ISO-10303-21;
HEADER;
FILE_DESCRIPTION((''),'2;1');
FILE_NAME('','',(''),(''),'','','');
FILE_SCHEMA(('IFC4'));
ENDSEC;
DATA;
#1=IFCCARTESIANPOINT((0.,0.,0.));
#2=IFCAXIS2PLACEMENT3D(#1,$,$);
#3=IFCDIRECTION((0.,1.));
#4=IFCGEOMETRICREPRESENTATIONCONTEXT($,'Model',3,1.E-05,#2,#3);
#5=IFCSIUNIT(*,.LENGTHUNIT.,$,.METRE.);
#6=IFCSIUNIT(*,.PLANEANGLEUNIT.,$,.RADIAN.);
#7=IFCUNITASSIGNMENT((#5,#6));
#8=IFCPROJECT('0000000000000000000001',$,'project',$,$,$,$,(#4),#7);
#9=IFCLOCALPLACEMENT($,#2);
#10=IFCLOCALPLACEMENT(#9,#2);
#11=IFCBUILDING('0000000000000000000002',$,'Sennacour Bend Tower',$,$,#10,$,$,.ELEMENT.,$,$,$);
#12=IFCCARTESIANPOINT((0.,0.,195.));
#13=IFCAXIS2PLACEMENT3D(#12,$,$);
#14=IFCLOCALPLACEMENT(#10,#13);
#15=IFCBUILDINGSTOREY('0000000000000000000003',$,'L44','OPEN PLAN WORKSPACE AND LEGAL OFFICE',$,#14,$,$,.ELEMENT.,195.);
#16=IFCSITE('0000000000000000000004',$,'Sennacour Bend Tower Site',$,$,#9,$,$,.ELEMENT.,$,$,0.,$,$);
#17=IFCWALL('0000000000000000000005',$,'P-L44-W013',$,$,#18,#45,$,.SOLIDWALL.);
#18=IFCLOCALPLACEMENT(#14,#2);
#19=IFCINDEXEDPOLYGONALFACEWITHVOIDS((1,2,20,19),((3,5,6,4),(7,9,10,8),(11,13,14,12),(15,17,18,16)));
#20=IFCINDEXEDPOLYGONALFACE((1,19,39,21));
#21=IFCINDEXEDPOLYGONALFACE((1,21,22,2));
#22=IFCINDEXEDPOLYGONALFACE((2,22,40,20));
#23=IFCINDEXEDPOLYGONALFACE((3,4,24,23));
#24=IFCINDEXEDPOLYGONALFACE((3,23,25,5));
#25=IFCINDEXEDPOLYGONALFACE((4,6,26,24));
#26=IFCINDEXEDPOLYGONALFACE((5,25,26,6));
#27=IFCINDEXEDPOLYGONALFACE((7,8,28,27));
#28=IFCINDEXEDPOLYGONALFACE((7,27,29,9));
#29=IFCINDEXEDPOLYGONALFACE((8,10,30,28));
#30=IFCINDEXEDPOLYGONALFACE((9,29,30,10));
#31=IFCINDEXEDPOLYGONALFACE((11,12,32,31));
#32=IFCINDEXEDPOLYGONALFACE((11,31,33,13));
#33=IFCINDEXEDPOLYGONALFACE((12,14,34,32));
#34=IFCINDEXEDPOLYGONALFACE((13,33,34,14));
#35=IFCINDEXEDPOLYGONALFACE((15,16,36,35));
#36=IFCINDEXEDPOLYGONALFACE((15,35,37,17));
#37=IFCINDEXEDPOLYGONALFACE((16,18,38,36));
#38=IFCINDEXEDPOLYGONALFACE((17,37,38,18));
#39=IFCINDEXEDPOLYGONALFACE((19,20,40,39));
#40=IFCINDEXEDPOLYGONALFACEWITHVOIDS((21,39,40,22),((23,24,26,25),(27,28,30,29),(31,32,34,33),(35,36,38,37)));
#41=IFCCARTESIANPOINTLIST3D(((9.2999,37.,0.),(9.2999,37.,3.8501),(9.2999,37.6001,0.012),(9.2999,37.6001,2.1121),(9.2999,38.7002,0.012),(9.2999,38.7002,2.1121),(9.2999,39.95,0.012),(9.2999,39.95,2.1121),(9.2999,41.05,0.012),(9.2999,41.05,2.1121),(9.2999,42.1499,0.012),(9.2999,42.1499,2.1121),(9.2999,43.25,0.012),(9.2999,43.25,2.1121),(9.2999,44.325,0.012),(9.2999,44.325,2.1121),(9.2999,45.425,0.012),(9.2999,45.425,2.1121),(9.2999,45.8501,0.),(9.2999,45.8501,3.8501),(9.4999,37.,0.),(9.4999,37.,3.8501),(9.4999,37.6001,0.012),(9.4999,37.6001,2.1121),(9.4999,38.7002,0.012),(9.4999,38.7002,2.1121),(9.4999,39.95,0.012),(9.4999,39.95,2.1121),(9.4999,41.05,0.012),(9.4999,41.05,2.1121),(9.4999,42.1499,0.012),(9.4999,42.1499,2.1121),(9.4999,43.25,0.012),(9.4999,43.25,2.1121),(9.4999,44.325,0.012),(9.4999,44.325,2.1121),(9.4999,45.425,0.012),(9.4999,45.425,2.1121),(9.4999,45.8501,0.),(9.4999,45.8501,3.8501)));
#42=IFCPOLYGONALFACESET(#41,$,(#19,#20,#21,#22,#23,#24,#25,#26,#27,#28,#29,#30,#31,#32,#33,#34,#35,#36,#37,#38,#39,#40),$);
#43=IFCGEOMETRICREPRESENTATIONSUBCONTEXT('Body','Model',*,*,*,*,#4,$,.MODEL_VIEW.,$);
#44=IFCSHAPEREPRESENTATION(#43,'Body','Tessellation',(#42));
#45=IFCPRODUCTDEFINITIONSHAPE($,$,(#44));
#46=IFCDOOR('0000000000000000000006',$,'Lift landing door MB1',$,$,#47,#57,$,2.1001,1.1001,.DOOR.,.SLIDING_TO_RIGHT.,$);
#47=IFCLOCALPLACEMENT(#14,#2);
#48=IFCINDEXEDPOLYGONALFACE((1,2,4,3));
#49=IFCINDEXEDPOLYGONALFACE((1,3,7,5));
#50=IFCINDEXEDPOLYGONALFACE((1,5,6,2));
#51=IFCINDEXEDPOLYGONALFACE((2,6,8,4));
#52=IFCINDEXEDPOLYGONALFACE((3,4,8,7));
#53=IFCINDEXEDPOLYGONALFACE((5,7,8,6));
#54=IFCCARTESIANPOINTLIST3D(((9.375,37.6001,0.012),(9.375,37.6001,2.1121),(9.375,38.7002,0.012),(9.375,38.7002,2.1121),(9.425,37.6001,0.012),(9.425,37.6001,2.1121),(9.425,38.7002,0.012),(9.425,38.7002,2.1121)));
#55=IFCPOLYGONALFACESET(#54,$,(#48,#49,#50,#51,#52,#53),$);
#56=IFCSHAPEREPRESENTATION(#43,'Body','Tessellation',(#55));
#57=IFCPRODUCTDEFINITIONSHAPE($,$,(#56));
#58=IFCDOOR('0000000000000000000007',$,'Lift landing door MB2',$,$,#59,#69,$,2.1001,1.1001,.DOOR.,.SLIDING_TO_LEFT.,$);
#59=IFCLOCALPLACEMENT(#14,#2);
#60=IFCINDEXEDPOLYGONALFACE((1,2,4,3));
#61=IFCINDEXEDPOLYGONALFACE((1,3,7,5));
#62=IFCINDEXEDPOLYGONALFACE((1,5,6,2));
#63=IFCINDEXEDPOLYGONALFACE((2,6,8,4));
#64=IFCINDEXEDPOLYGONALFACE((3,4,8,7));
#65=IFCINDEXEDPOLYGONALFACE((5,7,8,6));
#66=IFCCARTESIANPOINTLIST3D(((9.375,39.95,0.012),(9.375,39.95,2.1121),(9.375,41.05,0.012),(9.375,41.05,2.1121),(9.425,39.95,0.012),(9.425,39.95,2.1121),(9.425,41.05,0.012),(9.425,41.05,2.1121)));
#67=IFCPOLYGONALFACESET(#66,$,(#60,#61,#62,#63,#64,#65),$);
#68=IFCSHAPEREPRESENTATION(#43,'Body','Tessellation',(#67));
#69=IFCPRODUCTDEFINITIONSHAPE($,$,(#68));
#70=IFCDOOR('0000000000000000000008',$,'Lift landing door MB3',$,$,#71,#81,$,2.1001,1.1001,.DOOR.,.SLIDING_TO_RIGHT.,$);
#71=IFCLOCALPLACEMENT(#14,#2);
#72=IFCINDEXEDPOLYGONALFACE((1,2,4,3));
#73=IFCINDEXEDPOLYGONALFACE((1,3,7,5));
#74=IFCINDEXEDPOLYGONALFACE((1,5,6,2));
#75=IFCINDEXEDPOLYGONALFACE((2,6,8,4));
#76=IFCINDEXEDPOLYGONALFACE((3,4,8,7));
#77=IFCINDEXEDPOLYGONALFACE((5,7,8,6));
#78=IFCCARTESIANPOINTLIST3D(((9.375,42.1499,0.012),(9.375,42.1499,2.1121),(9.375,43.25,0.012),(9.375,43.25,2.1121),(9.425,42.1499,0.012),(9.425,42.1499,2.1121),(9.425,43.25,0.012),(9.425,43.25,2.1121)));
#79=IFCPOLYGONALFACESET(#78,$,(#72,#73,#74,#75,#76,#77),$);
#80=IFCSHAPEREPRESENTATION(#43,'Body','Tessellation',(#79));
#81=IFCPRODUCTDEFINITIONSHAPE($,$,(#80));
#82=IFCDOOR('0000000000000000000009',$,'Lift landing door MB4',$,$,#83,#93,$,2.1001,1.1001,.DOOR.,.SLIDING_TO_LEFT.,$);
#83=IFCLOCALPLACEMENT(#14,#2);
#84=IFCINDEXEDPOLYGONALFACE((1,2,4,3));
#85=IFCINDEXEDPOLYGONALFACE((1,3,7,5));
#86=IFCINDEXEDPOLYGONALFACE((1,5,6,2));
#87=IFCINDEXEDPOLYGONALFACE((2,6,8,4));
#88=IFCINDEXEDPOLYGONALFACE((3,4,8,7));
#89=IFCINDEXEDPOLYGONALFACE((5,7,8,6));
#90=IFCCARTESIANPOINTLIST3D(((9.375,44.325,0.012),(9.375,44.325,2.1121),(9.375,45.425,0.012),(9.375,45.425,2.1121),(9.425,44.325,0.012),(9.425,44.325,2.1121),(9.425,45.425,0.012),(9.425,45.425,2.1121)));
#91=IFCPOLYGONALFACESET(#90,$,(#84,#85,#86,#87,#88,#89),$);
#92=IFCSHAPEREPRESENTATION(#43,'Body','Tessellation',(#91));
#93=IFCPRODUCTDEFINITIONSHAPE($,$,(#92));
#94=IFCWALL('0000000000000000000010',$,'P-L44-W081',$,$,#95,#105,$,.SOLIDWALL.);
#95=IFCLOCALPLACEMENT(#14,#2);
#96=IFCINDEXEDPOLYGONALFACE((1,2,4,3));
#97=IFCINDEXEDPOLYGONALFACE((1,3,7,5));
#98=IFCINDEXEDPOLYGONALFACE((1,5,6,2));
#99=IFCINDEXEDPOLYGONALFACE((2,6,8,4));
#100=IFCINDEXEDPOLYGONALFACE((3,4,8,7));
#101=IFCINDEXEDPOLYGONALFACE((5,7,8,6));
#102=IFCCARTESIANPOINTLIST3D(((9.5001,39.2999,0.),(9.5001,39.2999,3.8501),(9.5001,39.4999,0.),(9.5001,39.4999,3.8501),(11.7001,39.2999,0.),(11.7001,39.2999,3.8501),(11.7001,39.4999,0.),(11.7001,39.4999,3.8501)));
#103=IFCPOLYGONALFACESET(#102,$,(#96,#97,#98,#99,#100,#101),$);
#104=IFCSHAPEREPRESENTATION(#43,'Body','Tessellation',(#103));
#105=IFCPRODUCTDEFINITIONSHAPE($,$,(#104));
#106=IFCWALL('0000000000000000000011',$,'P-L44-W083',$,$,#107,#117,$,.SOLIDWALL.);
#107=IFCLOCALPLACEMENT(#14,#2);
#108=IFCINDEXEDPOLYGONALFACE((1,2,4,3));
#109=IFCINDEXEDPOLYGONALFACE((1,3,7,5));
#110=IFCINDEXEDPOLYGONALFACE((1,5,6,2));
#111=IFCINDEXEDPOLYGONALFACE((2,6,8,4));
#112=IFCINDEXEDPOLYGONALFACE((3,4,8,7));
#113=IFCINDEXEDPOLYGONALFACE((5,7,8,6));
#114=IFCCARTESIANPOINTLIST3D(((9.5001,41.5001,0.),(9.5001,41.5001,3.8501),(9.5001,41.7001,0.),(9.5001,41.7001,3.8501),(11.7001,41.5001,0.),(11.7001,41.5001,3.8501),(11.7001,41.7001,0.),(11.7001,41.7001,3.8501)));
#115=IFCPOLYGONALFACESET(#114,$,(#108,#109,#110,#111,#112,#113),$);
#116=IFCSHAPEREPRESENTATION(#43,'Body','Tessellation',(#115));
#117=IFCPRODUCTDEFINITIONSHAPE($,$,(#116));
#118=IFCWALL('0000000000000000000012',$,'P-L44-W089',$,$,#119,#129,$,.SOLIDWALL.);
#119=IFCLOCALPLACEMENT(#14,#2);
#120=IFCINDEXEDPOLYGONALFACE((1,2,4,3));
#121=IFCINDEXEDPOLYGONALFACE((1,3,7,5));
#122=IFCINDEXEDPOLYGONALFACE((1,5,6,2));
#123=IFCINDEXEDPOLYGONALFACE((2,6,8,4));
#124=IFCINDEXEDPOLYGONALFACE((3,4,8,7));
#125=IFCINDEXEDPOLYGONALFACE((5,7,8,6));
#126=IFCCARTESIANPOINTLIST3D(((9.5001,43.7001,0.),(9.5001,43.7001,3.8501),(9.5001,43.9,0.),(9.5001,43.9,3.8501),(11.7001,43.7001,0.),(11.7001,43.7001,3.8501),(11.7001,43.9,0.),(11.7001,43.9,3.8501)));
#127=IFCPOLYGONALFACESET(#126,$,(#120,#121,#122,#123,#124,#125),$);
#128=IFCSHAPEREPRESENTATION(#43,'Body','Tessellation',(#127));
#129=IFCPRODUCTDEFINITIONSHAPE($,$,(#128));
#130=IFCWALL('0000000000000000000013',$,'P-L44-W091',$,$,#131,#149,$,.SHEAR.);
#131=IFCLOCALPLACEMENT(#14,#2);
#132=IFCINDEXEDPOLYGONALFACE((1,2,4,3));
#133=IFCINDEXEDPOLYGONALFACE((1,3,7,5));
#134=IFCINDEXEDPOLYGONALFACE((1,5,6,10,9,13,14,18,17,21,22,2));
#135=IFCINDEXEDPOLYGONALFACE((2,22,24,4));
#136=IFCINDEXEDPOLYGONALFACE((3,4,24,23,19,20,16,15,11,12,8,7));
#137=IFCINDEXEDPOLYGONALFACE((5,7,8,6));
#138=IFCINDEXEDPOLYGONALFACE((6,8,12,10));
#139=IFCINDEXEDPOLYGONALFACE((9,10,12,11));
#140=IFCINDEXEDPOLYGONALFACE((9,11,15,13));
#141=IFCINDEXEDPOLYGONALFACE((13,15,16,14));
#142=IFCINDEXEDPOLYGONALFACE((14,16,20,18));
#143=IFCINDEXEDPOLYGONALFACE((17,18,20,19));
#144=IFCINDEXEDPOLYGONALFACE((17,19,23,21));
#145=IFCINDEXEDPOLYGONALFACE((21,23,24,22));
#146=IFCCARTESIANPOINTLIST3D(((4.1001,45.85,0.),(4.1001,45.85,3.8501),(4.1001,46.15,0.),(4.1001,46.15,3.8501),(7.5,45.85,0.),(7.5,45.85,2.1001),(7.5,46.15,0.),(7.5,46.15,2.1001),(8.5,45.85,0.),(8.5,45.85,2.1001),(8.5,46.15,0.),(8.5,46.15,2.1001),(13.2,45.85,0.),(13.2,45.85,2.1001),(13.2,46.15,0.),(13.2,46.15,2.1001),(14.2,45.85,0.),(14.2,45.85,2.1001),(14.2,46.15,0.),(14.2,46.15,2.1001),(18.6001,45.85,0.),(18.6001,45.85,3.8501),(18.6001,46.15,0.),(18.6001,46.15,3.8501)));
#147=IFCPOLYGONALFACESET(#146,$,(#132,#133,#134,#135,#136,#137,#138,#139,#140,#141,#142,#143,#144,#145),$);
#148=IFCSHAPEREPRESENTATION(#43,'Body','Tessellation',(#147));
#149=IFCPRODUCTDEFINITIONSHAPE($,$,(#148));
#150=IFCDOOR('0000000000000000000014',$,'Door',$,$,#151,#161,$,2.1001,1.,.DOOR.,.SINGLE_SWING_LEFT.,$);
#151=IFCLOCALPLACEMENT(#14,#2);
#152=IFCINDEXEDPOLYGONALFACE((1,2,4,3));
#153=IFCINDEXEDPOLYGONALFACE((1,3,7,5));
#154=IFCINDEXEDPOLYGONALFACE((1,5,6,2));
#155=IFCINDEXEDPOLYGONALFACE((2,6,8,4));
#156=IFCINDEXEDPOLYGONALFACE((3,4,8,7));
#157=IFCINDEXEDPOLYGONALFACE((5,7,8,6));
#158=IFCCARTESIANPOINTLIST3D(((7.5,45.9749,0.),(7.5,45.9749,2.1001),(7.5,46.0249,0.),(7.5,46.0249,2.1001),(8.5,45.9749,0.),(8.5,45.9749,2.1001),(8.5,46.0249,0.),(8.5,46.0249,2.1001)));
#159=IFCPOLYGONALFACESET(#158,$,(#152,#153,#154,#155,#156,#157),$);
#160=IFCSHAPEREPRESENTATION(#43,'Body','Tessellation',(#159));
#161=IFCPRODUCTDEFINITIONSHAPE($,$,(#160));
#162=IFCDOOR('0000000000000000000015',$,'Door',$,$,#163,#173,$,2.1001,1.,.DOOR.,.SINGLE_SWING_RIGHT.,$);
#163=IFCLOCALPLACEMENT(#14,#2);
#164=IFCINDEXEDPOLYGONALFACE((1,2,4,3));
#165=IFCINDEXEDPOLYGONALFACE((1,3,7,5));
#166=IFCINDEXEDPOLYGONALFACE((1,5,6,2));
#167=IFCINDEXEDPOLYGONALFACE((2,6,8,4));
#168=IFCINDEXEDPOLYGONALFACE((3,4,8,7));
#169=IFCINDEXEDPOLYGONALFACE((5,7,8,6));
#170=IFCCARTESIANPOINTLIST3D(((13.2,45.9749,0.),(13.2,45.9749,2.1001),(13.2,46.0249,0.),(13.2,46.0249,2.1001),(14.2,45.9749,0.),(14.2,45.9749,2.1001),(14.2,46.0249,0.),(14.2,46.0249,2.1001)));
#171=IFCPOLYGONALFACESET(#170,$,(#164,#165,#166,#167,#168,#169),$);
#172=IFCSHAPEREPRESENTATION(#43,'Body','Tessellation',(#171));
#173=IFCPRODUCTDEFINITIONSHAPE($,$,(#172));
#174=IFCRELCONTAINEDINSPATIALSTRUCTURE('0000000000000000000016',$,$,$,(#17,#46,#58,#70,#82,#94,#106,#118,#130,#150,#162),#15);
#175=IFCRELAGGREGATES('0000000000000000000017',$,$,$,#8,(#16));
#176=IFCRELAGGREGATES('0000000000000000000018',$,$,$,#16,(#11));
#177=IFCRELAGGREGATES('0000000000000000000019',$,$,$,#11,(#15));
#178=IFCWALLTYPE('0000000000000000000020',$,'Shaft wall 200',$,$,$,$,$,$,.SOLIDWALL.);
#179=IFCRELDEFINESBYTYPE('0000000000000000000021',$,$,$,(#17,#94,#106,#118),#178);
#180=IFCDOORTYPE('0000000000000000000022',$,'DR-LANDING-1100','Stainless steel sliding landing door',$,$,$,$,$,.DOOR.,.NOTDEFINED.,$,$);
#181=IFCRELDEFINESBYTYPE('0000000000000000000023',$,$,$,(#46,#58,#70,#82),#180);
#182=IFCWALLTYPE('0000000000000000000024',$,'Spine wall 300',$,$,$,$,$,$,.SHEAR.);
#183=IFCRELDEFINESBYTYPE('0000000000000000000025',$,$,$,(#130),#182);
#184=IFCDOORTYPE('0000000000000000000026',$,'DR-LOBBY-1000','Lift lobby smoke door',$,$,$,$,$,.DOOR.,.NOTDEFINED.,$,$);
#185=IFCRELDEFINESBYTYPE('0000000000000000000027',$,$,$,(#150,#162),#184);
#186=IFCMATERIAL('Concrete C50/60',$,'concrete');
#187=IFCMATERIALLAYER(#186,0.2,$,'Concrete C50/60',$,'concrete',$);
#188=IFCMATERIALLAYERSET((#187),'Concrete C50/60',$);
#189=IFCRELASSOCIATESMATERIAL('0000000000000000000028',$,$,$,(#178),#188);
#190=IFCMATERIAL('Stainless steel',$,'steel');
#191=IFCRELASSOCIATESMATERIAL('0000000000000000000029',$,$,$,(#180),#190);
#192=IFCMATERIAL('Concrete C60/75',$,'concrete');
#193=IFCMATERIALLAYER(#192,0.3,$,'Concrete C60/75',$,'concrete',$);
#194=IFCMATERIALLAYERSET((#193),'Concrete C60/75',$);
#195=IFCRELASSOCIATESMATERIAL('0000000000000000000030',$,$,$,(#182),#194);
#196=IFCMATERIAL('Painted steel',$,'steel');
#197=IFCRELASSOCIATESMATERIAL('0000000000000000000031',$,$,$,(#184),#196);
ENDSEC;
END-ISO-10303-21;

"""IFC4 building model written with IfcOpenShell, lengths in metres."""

from ifc_helpers import new_model, si_unit, direction, frame, frame_2d, origin, place, context, subcontext, project, spatial, rectangle, extrude, material, layer, layer_set, type_object, element, fill, save


model = new_model("IFC4")

# Units and contexts
model_context = context("Model", 3, precision=1e-05, world=origin(), true_north=direction((0.0, 1.0)))
body_context = subcontext(model_context, "Body", "Model", "MODEL_VIEW")
ifc_project = project(units=[si_unit("LENGTHUNIT", "METRE"), si_unit("PLANEANGLEUNIT", "RADIAN")], contexts=[model_context])

# Site, building, storey
site_placement = place(None, origin())
site = spatial("IfcSite", under=ifc_project, at=site_placement, Name="Sennacour Bend Tower Site", CompositionType="ELEMENT", RefElevation=0.0)
building_placement = place(site_placement, origin())
building = spatial("IfcBuilding", under=site, at=building_placement, Name="Sennacour Bend Tower", CompositionType="ELEMENT")
storey_placement = place(building_placement, frame((0.0, 0.0, 195.0)))
storey = spatial("IfcBuildingStorey", under=building, at=storey_placement, Name="L44", Description="OPEN PLAN WORKSPACE AND LEGAL OFFICE", CompositionType="ELEMENT", Elevation=195.0)

# Shared definitions
ifc_material_1 = material(Name="Concrete C60/75", Category="concrete")

# Shared definitions
ifc_material_2 = material(Name="Painted steel", Category="steel")

# Wall, openings, doors
ifc_material_3 = material(Name="Concrete C50/60", Category="concrete")
ifc_layer_1 = layer(ifc_material_3, 0.2, Name="Concrete C50/60", Category="concrete")
ifc_layer_set_1 = layer_set([ifc_layer_1], Name="Concrete C50/60")
wall_type_1 = type_object("IfcWallType", Name="Shaft wall 200", PredefinedType="SOLIDWALL", material=ifc_layer_set_1)
wall_1_placement = place(storey_placement, frame((9.3999, 37.0, 0.0), z_axis=(0.0, 0.0, 1.0), x_axis=(0.0, 1.0, 0.0)))
wall_1 = element("IfcWall", 1, at=wall_1_placement, inside=storey, type_object=wall_type_1, Name="P-L44-W013", PredefinedType="SOLIDWALL", context=body_context, shape_type="SweptSolid", body=[
    extrude(rectangle(XDim=8.8501, YDim=0.2, at=frame_2d((4.425, 0.0))), origin(), (0.0, 0.0, 1.0), 3.8501),
])
opening_1_placement = place(wall_1_placement, frame((0.6001, 0.0, 0.012)))
opening_1 = element("IfcOpeningElement", 2, at=opening_1_placement, cuts=wall_1, PredefinedType="OPENING", context=body_context, shape_type="SweptSolid", body=[
    extrude(rectangle(XDim=1.1001, YDim=2.1001, at=frame_2d((0.55, 1.05))), frame((0.0, 0.1099, 0.0), z_axis=(0.0, -1.0, 0.0), x_axis=(1.0, 0.0, 0.0)), (0.0, 0.0, 1.0), 0.22),
])
opening_2_placement = place(wall_1_placement, frame((2.95, 0.0, 0.012)))
opening_2 = element("IfcOpeningElement", 3, at=opening_2_placement, cuts=wall_1, PredefinedType="OPENING", context=body_context, shape_type="SweptSolid", body=[
    extrude(rectangle(XDim=1.1001, YDim=2.1001, at=frame_2d((0.55, 1.05))), frame((0.0, 0.1099, 0.0), z_axis=(0.0, -1.0, 0.0), x_axis=(1.0, 0.0, 0.0)), (0.0, 0.0, 1.0), 0.22),
])
opening_3_placement = place(wall_1_placement, frame((5.1499, 0.0, 0.012)))
opening_3 = element("IfcOpeningElement", 4, at=opening_3_placement, cuts=wall_1, PredefinedType="OPENING", context=body_context, shape_type="SweptSolid", body=[
    extrude(rectangle(XDim=1.1001, YDim=2.1001, at=frame_2d((0.55, 1.05))), frame((0.0, 0.1099, 0.0), z_axis=(0.0, -1.0, 0.0), x_axis=(1.0, 0.0, 0.0)), (0.0, 0.0, 1.0), 0.22),
])
opening_4_placement = place(wall_1_placement, frame((7.325, 0.0, 0.012)))
opening_4 = element("IfcOpeningElement", 5, at=opening_4_placement, cuts=wall_1, PredefinedType="OPENING", context=body_context, shape_type="SweptSolid", body=[
    extrude(rectangle(XDim=1.1001, YDim=2.1001, at=frame_2d((0.55, 1.05))), frame((0.0, 0.1099, 0.0), z_axis=(0.0, -1.0, 0.0), x_axis=(1.0, 0.0, 0.0)), (0.0, 0.0, 1.0), 0.22),
])
ifc_material_4 = material(Name="Stainless steel", Category="steel")
door_type_1 = type_object("IfcDoorType", Name="DR-LANDING-1100", Description="Stainless steel sliding landing door", OperationType="NOTDEFINED", PredefinedType="DOOR", material=ifc_material_4)
door_1_placement = place(opening_1_placement, origin())
door_1 = element("IfcDoor", 6, at=door_1_placement, inside=storey, type_object=door_type_1, Name="Lift landing door MB1", OperationType="SLIDING_TO_RIGHT", OverallHeight=2.1001, OverallWidth=1.1001, PredefinedType="DOOR", context=body_context, shape_type="SweptSolid", body=[
    extrude(rectangle(XDim=1.1001, YDim=2.1001, at=frame_2d((0.55, 1.05))), frame((0.0, 0.0249, 0.0), z_axis=(0.0, -1.0, 0.0), x_axis=(1.0, 0.0, 0.0)), (0.0, 0.0, 1.0), 0.05),
])
fill(opening_1, door_1)
door_2_placement = place(opening_2_placement, origin())
door_2 = element("IfcDoor", 7, at=door_2_placement, inside=storey, type_object=door_type_1, Name="Lift landing door MB2", OperationType="SLIDING_TO_LEFT", OverallHeight=2.1001, OverallWidth=1.1001, PredefinedType="DOOR", context=body_context, shape_type="SweptSolid", body=[
    extrude(rectangle(XDim=1.1001, YDim=2.1001, at=frame_2d((0.55, 1.05))), frame((0.0, 0.0249, 0.0), z_axis=(0.0, -1.0, 0.0), x_axis=(1.0, 0.0, 0.0)), (0.0, 0.0, 1.0), 0.05),
])
fill(opening_2, door_2)
door_3_placement = place(opening_3_placement, origin())
door_3 = element("IfcDoor", 8, at=door_3_placement, inside=storey, type_object=door_type_1, Name="Lift landing door MB3", OperationType="SLIDING_TO_RIGHT", OverallHeight=2.1001, OverallWidth=1.1001, PredefinedType="DOOR", context=body_context, shape_type="SweptSolid", body=[
    extrude(rectangle(XDim=1.1001, YDim=2.1001, at=frame_2d((0.55, 1.05))), frame((0.0, 0.0249, 0.0), z_axis=(0.0, -1.0, 0.0), x_axis=(1.0, 0.0, 0.0)), (0.0, 0.0, 1.0), 0.05),
])
fill(opening_3, door_3)
door_4_placement = place(opening_4_placement, origin())
door_4 = element("IfcDoor", 9, at=door_4_placement, inside=storey, type_object=door_type_1, Name="Lift landing door MB4", OperationType="SLIDING_TO_LEFT", OverallHeight=2.1001, OverallWidth=1.1001, PredefinedType="DOOR", context=body_context, shape_type="SweptSolid", body=[
    extrude(rectangle(XDim=1.1001, YDim=2.1001, at=frame_2d((0.55, 1.05))), frame((0.0, 0.0249, 0.0), z_axis=(0.0, -1.0, 0.0), x_axis=(1.0, 0.0, 0.0)), (0.0, 0.0, 1.0), 0.05),
])
fill(opening_4, door_4)

# Walls
for number, where, z_axis, x_axis, name in (
    (10, (9.5, 39.3999, 0.0), (0.0, 0.0, 1.0), (1.0, 0.0, 0.0), "P-L44-W081"),
    (11, (9.5, 41.6001, 0.0), (0.0, 0.0, 1.0), (1.0, 0.0, 0.0), "P-L44-W083"),
    (12, (9.5, 43.8, 0.0), (0.0, 0.0, 1.0), (1.0, 0.0, 0.0), "P-L44-W089"),
):
    element("IfcWall", number, at=place(storey_placement, frame(where, z_axis=z_axis, x_axis=x_axis)), inside=storey, type_object=wall_type_1, Name=name, PredefinedType="SOLIDWALL", context=body_context, shape_type="SweptSolid", body=[
        extrude(rectangle(XDim=2.2, YDim=0.2, at=frame_2d((1.1001, 0.0))), origin(), (0.0, 0.0, 1.0), 3.8501),
    ])

# Wall, openings, doors
ifc_layer_2 = layer(ifc_material_1, 0.3, Name="Concrete C60/75", Category="concrete")
ifc_layer_set_2 = layer_set([ifc_layer_2], Name="Concrete C60/75")
wall_type_2 = type_object("IfcWallType", Name="Spine wall 300", PredefinedType="SHEAR", material=ifc_layer_set_2)
wall_2_placement = place(storey_placement, frame((4.1001, 46.0, 0.0), z_axis=(0.0, 0.0, 1.0), x_axis=(1.0, 0.0, 0.0)))
wall_2 = element("IfcWall", 13, at=wall_2_placement, inside=storey, type_object=wall_type_2, Name="P-L44-W091", PredefinedType="SHEAR", context=body_context, shape_type="SweptSolid", body=[
    extrude(rectangle(XDim=14.5, YDim=0.3, at=frame_2d((7.25, 0.0))), origin(), (0.0, 0.0, 1.0), 3.8501),
])
opening_5_placement = place(wall_2_placement, frame((3.3999, 0.0, 0.0)))
opening_5 = element("IfcOpeningElement", 14, at=opening_5_placement, cuts=wall_2, PredefinedType="OPENING", context=body_context, shape_type="SweptSolid", body=[
    extrude(rectangle(XDim=1.0, YDim=2.1001, at=frame_2d((0.5, 1.05))), frame((0.0, 0.1602, 0.0), z_axis=(0.0, -1.0, 0.0), x_axis=(1.0, 0.0, 0.0)), (0.0, 0.0, 1.0), 0.3201),
])
opening_6_placement = place(wall_2_placement, frame((9.0999, 0.0, 0.0)))
opening_6 = element("IfcOpeningElement", 15, at=opening_6_placement, cuts=wall_2, PredefinedType="OPENING", context=body_context, shape_type="SweptSolid", body=[
    extrude(rectangle(XDim=1.0, YDim=2.1001, at=frame_2d((0.5, 1.05))), frame((0.0, 0.1602, 0.0), z_axis=(0.0, -1.0, 0.0), x_axis=(1.0, 0.0, 0.0)), (0.0, 0.0, 1.0), 0.3201),
])
door_type_2 = type_object("IfcDoorType", Name="DR-LOBBY-1000", Description="Lift lobby smoke door", OperationType="NOTDEFINED", PredefinedType="DOOR", material=ifc_material_2)
door_5_placement = place(opening_5_placement, origin())
door_5 = element("IfcDoor", 16, at=door_5_placement, inside=storey, type_object=door_type_2, Name="Door", OperationType="SINGLE_SWING_LEFT", OverallHeight=2.1001, OverallWidth=1.0, PredefinedType="DOOR", context=body_context, shape_type="SweptSolid", body=[
    extrude(rectangle(XDim=1.0, YDim=2.1001, at=frame_2d((0.5, 1.05))), frame((0.0, 0.0249, 0.0), z_axis=(0.0, -1.0, 0.0), x_axis=(1.0, 0.0, 0.0)), (0.0, 0.0, 1.0), 0.05),
])
fill(opening_5, door_5)
door_6_placement = place(opening_6_placement, origin())
door_6 = element("IfcDoor", 17, at=door_6_placement, inside=storey, type_object=door_type_2, Name="Door", OperationType="SINGLE_SWING_RIGHT", OverallHeight=2.1001, OverallWidth=1.0, PredefinedType="DOOR", context=body_context, shape_type="SweptSolid", body=[
    extrude(rectangle(XDim=1.0, YDim=2.1001, at=frame_2d((0.5, 1.05))), frame((0.0, 0.0249, 0.0), z_axis=(0.0, -1.0, 0.0), x_axis=(1.0, 0.0, 0.0)), (0.0, 0.0, 1.0), 0.05),
])
fill(opening_6, door_6)

save(model, "model.ifc")
